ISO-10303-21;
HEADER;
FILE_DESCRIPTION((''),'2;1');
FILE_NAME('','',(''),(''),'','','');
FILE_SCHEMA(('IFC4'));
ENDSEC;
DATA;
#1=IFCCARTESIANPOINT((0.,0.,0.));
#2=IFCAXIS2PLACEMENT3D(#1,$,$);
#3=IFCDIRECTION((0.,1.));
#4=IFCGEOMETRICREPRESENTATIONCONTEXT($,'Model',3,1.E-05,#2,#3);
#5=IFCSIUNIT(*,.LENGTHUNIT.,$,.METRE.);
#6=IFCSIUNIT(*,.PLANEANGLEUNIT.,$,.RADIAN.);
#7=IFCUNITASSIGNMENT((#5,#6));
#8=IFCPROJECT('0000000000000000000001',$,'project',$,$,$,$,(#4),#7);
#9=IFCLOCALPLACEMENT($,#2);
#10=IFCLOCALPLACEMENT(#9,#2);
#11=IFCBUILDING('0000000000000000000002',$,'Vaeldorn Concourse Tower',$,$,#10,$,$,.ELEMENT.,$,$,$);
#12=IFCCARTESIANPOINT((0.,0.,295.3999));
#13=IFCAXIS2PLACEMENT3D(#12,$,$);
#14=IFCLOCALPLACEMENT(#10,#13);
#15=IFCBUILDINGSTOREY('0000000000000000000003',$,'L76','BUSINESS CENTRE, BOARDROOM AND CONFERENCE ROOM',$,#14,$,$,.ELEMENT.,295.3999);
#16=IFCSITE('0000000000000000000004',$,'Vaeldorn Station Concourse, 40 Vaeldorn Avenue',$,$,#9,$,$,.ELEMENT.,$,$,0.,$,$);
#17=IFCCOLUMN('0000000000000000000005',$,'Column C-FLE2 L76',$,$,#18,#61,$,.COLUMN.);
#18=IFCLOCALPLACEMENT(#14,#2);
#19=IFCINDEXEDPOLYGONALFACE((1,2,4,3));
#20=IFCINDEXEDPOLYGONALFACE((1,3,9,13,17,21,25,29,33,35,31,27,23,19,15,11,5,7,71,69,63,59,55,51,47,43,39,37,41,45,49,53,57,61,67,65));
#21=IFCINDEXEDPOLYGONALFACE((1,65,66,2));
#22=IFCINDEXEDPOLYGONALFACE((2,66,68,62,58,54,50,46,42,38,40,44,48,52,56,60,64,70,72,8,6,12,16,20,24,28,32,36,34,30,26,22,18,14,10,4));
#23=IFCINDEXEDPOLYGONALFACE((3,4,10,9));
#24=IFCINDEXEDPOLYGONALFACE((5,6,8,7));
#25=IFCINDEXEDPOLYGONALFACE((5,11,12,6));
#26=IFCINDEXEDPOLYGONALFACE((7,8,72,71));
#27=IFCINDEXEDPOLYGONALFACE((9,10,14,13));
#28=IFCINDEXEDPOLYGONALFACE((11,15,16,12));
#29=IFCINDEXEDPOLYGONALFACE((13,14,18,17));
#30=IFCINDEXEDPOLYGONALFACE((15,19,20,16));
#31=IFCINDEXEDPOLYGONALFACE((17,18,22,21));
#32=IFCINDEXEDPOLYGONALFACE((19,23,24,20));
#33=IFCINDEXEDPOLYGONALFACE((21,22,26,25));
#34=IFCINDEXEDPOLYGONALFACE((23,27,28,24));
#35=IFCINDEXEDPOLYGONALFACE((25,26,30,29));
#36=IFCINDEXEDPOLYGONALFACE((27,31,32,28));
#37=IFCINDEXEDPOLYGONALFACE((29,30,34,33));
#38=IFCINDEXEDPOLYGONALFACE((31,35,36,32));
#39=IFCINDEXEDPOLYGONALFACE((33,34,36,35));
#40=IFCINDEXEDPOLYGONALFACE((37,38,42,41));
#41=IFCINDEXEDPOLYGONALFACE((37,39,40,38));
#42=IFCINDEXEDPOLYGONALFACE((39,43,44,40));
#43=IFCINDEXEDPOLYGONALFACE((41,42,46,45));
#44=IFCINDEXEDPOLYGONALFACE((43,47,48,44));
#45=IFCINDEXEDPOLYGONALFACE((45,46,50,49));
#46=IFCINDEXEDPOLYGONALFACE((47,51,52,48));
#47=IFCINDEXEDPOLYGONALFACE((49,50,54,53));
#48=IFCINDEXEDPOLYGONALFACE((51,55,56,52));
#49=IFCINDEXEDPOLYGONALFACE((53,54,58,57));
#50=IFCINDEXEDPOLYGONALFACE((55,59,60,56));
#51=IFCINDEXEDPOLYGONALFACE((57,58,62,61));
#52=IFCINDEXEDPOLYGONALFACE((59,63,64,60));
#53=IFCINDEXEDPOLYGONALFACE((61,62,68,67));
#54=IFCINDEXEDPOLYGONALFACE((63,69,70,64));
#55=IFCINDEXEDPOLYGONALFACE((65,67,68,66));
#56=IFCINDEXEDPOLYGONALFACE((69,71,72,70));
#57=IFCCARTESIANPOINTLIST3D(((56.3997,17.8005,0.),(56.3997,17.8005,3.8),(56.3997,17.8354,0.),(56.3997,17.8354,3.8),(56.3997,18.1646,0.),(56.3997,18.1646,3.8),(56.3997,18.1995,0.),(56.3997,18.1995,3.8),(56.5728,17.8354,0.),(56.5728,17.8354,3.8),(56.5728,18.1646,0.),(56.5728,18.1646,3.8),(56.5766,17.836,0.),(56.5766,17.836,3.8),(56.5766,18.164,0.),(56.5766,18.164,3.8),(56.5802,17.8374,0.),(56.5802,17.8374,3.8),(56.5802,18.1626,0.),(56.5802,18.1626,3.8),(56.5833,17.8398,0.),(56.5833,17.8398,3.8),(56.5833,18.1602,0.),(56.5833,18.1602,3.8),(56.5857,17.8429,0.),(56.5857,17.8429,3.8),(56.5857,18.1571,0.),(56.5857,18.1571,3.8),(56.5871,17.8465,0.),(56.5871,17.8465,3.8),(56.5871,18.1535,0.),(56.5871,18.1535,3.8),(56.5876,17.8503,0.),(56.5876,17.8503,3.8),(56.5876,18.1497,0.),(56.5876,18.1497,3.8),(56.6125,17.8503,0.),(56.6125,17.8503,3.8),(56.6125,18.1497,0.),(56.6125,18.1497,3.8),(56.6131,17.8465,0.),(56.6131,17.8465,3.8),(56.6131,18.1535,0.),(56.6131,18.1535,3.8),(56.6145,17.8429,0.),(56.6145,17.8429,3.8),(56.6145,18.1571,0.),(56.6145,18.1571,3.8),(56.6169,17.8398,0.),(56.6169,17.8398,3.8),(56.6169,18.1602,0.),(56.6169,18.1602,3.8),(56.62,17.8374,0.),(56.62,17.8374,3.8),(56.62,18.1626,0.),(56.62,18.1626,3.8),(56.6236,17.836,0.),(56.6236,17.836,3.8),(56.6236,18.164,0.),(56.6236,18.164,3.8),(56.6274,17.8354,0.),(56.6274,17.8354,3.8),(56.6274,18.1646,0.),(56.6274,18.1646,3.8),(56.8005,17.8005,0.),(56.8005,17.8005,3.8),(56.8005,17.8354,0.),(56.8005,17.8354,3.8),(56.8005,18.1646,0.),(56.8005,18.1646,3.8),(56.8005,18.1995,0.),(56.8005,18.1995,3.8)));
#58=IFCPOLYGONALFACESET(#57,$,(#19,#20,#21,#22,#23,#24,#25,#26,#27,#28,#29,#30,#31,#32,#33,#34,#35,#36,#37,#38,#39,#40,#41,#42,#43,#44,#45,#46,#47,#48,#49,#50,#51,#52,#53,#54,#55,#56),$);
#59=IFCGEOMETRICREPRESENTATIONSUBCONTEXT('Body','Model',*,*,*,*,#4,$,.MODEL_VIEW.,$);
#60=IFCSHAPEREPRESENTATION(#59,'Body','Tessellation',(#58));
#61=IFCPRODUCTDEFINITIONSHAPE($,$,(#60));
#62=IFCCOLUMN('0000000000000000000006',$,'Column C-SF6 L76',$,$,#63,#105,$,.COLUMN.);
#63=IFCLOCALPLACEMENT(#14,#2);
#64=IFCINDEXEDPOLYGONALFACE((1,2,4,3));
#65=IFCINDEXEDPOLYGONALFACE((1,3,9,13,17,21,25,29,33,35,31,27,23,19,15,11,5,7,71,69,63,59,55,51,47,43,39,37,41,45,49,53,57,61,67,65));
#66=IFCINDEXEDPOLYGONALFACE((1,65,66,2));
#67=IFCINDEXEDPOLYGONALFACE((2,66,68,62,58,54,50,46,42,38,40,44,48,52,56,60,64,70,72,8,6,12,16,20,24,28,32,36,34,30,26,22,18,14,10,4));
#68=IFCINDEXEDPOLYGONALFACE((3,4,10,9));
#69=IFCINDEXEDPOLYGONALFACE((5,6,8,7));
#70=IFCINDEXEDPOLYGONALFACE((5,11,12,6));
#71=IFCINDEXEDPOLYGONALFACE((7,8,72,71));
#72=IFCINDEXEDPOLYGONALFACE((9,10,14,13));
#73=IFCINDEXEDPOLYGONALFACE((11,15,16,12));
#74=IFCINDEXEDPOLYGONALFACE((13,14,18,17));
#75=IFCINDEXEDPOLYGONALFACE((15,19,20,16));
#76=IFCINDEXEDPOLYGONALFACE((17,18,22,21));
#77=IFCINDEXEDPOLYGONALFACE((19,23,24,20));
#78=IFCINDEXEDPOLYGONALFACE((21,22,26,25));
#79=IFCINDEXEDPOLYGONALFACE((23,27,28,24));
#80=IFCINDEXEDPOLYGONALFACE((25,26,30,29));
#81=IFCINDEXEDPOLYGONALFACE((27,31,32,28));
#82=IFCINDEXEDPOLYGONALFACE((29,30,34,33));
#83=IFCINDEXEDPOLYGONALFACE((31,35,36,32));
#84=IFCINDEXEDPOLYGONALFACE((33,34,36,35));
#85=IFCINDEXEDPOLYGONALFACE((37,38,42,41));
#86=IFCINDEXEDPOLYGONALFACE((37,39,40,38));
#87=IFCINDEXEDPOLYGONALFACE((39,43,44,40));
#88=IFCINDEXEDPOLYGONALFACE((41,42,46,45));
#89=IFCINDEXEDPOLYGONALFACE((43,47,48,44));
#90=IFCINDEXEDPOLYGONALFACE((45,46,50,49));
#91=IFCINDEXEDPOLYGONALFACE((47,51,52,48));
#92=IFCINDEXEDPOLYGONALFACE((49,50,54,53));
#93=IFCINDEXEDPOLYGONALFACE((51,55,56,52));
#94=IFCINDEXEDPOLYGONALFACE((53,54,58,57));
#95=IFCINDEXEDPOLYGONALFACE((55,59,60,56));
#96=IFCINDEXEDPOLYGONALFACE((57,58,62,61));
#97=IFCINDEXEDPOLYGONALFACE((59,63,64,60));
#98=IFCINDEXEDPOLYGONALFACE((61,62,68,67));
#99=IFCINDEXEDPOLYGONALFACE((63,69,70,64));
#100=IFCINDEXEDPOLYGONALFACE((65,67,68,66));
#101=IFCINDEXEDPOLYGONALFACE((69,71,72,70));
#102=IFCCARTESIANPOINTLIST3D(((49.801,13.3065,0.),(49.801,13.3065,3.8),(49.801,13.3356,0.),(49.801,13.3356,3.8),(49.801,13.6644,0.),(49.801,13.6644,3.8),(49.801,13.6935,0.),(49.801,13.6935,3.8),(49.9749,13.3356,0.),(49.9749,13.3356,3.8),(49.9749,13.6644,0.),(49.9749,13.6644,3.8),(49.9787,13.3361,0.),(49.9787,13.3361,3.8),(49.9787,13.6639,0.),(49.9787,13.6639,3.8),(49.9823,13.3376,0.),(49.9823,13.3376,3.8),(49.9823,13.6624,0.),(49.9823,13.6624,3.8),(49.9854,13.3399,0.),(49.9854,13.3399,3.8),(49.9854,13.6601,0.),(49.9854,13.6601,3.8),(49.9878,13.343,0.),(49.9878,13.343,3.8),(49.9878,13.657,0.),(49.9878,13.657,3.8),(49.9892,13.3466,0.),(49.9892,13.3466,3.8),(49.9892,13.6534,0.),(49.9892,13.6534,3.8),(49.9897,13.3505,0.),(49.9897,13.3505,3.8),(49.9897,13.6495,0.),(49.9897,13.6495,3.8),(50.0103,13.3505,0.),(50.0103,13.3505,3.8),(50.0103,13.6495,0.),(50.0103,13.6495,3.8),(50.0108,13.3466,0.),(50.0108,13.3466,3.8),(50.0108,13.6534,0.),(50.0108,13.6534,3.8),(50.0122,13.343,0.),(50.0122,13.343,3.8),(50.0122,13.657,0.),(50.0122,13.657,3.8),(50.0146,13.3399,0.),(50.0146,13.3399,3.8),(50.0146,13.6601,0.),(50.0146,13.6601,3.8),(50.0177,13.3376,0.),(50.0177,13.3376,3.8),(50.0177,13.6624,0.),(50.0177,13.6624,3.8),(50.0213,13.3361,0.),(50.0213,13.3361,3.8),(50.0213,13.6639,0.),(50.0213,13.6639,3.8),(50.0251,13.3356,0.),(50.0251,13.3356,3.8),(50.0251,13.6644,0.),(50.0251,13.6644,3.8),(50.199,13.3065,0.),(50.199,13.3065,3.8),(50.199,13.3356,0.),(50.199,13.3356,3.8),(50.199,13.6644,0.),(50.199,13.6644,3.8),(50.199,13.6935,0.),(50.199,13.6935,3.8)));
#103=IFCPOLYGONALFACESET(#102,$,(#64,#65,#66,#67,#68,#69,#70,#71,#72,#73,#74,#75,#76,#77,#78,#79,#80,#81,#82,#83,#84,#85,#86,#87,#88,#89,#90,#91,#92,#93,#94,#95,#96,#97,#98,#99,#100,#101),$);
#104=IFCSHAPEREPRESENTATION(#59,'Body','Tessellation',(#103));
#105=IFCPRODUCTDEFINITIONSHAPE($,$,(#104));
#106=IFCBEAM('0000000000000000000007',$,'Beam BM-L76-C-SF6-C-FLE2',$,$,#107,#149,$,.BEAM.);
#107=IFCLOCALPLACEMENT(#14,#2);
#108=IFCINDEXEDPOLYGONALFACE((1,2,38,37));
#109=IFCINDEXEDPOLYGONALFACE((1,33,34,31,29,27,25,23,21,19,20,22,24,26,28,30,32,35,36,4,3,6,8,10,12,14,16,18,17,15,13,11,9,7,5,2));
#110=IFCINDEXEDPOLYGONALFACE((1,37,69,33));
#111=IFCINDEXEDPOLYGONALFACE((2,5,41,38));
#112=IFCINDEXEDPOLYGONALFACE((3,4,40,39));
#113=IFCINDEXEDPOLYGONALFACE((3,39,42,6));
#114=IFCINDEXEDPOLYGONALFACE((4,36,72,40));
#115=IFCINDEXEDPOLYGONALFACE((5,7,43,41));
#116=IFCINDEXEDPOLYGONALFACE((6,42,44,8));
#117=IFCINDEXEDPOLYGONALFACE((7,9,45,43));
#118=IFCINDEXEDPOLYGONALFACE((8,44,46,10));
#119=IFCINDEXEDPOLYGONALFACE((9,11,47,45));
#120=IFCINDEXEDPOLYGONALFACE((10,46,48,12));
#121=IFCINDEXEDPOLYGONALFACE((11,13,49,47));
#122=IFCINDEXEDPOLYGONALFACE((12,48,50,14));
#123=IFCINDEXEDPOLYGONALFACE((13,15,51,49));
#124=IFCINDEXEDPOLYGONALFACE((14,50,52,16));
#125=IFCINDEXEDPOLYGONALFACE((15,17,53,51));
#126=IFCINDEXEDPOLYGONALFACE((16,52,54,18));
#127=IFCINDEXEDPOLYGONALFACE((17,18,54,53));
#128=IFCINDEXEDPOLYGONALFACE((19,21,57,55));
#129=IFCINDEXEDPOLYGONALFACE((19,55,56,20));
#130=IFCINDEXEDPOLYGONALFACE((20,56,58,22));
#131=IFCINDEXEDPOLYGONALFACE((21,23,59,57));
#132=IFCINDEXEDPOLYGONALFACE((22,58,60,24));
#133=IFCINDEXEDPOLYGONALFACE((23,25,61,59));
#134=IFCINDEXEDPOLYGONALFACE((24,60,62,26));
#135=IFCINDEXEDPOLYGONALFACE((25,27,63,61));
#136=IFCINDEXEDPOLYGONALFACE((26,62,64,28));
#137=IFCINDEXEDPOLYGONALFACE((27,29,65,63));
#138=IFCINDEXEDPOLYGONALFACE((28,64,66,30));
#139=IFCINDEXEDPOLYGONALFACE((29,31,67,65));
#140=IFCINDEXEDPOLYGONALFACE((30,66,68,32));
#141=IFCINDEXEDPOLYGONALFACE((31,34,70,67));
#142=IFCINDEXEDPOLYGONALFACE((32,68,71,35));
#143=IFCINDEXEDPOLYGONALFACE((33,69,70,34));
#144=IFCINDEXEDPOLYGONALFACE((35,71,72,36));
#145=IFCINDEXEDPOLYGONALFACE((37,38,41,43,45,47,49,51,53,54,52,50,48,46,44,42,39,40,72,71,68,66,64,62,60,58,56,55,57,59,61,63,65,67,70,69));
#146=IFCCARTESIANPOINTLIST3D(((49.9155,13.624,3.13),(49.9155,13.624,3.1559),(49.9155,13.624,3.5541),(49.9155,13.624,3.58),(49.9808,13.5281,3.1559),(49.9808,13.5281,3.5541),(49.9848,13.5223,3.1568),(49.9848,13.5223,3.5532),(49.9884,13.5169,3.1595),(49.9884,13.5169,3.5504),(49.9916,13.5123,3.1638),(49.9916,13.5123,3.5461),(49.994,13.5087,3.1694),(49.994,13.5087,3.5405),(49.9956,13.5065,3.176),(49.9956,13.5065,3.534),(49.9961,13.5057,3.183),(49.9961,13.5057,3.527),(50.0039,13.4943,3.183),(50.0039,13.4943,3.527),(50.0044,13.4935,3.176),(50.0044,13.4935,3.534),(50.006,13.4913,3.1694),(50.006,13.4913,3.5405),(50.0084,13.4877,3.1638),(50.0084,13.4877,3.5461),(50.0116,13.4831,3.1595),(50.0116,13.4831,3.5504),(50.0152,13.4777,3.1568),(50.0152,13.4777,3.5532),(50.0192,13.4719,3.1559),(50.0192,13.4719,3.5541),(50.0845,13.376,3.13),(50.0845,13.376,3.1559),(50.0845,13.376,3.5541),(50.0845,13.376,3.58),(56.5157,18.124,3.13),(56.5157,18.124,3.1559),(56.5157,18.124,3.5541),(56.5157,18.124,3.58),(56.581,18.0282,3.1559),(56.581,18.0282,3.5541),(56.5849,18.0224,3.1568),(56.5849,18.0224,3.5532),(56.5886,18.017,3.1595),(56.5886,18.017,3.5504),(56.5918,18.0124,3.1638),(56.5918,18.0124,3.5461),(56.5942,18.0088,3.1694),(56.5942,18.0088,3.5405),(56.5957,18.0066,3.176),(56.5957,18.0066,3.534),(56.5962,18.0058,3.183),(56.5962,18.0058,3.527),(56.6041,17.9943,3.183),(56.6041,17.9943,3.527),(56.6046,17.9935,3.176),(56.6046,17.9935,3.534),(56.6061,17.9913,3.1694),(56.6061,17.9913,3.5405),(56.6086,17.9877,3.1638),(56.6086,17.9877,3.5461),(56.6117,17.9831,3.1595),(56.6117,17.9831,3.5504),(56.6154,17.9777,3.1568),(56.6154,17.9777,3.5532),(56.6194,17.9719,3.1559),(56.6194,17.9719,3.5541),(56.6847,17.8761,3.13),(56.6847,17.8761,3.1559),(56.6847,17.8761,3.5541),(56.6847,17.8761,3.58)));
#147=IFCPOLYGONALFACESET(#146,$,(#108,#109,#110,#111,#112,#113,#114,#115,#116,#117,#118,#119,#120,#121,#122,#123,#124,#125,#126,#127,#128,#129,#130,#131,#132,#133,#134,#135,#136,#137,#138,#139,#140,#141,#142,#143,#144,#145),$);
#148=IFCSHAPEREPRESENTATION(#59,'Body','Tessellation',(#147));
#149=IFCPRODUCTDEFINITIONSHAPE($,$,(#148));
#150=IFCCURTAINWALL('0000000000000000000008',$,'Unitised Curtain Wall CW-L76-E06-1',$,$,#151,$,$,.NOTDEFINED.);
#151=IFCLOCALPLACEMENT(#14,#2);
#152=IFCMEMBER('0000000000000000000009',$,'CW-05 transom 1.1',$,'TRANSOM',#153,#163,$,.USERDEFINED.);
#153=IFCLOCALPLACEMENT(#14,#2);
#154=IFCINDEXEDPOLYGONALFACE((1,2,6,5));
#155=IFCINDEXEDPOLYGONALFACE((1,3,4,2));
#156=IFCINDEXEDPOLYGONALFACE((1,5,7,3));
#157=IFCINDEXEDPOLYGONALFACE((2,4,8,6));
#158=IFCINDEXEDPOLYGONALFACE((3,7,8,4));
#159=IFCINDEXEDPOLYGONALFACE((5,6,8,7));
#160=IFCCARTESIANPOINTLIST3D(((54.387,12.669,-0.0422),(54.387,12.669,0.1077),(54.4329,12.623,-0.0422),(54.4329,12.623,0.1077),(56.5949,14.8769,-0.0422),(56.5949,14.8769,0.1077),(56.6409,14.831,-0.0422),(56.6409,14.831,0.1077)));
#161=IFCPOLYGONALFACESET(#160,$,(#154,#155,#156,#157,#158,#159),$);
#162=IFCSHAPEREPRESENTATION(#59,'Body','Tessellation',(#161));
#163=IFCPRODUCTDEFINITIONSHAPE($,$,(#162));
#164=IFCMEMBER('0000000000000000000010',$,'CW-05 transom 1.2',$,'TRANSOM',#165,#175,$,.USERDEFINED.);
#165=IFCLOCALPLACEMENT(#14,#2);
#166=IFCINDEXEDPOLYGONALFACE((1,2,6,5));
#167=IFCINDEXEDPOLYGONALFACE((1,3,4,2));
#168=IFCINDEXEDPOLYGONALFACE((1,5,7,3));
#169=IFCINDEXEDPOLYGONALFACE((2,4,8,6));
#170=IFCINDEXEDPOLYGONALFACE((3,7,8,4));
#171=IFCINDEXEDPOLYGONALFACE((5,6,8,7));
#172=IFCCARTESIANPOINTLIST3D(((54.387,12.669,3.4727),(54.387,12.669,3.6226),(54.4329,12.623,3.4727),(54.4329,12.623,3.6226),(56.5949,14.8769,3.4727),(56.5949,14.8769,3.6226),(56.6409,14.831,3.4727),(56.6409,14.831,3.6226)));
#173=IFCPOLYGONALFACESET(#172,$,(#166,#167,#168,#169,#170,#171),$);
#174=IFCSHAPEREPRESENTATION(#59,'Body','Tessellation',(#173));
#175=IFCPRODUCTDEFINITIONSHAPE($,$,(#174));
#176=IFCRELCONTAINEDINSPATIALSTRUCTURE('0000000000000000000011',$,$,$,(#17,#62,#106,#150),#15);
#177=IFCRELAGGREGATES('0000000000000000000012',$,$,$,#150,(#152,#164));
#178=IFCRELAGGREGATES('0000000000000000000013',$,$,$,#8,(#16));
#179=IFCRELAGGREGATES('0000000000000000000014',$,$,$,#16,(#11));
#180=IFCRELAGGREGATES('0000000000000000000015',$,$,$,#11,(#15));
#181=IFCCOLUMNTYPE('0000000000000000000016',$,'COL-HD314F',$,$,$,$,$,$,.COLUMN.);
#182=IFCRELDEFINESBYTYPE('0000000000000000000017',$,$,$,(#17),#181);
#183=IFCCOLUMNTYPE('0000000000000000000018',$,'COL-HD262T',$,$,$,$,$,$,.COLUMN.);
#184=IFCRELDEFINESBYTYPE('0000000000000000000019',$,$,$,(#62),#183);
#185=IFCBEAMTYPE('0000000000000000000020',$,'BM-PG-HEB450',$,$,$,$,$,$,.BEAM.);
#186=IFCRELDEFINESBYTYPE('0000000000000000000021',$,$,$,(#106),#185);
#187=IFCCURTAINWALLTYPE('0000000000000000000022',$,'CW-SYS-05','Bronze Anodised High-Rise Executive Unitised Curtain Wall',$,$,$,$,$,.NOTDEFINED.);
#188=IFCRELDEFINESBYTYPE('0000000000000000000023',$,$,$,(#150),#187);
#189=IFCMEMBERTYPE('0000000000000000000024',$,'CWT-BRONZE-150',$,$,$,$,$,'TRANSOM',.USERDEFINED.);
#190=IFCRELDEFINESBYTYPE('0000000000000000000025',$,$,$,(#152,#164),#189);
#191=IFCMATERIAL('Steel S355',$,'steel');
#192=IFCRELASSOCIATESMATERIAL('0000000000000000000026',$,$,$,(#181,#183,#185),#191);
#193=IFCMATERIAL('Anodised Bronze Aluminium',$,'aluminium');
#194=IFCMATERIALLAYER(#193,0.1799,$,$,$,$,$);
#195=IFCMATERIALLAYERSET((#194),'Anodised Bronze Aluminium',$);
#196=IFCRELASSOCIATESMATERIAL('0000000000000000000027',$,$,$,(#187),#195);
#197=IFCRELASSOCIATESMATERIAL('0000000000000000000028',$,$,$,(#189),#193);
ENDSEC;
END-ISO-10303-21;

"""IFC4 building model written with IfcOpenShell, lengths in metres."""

from ifc_helpers import new_model, si_unit, direction, frame, origin, origin_2d, place, context, subcontext, project, spatial, rectangle, i_section, extrude, source, transform, mapped, material, layer, layer_set, material_profile, profile_set, type_object, element, aggregate, save


model = new_model("IFC4")

# Units and contexts
model_context = context("Model", 3, precision=1e-05, world=origin(), true_north=direction((0.0, 1.0)))
body_context = subcontext(model_context, "Body", "Model", "MODEL_VIEW")
ifc_project = project(units=[si_unit("LENGTHUNIT", "METRE"), si_unit("PLANEANGLEUNIT", "RADIAN")], contexts=[model_context])

# Site, building, storey
site_placement = place(None, origin())
site = spatial("IfcSite", under=ifc_project, at=site_placement, Name="Vaeldorn Station Concourse, 40 Vaeldorn Avenue", CompositionType="ELEMENT", RefElevation=0.0)
building_placement = place(site_placement, origin())
building = spatial("IfcBuilding", under=site, at=building_placement, Name="Vaeldorn Concourse Tower", CompositionType="ELEMENT")
storey_placement = place(building_placement, frame((0.0, 0.0, 295.3999)))
storey = spatial("IfcBuildingStorey", under=building, at=storey_placement, Name="L76", Description="BUSINESS CENTRE, BOARDROOM AND CONFERENCE ROOM", CompositionType="ELEMENT", Elevation=295.3999)

# Columns
ifc_material_1 = material(Name="Steel S355", Category="steel")
ifc_material_profile_1 = material_profile(ifc_material_1, i_section(OverallWidth=0.4009, OverallDepth=0.3989, WebThickness=0.0249, FlangeThickness=0.0349, FilletRadius=0.0149, at=origin_2d()), Name="HD 400x314")
ifc_profile_set_1 = profile_set([ifc_material_profile_1], Name="Steel S355")
column_type_1 = type_object("IfcColumnType", Name="COL-HD314F", PredefinedType="COLUMN", material=ifc_profile_set_1)
shared_shape_1 = source(origin(), body_context, "Body", "SweptSolid", [
    extrude(i_section(OverallWidth=0.4009, OverallDepth=0.3989, WebThickness=0.0249, FlangeThickness=0.0349, FilletRadius=0.0149, at=origin_2d()), origin(), (0.0, 0.0, 1.0), 3.8),
])
column_1_placement = place(storey_placement, frame((56.6001, 18.0, 0.0), z_axis=(0.0, 0.0, 1.0), x_axis=(1.0, 0.0, 0.0)))
element("IfcColumn", 1, at=column_1_placement, inside=storey, type_object=column_type_1, Name="Column C-FLE2 L76", PredefinedType="COLUMN", context=body_context, shape_type="MappedRepresentation", body=[
    mapped(shared_shape_1, transform((0.0, 0.0, 0.0), scale=1.0)),
])
ifc_material_profile_2 = material_profile(ifc_material_1, i_section(OverallWidth=0.3979, OverallDepth=0.387, WebThickness=0.0205, FlangeThickness=0.0291, FilletRadius=0.0149, at=origin_2d()), Name="HD 400x262")
ifc_profile_set_2 = profile_set([ifc_material_profile_2], Name="Steel S355")
column_type_2 = type_object("IfcColumnType", Name="COL-HD262T", PredefinedType="COLUMN", material=ifc_profile_set_2)
shared_shape_2 = source(origin(), body_context, "Body", "SweptSolid", [
    extrude(i_section(OverallWidth=0.3979, OverallDepth=0.387, WebThickness=0.0205, FlangeThickness=0.0291, FilletRadius=0.0149, at=origin_2d()), origin(), (0.0, 0.0, 1.0), 3.8),
])
column_2_placement = place(storey_placement, frame((50.0, 13.5, 0.0), z_axis=(0.0, 0.0, 1.0), x_axis=(1.0, 0.0, 0.0)))
element("IfcColumn", 2, at=column_2_placement, inside=storey, type_object=column_type_2, Name="Column C-SF6 L76", PredefinedType="COLUMN", context=body_context, shape_type="MappedRepresentation", body=[
    mapped(shared_shape_2, transform((0.0, 0.0, 0.0), scale=1.0)),
])

# Beam
ifc_material_profile_3 = material_profile(ifc_material_1, i_section(OverallWidth=0.3, OverallDepth=0.45, WebThickness=0.0139, FlangeThickness=0.0259, FilletRadius=0.0271, at=origin_2d()), Name="HEB 450")
ifc_profile_set_3 = profile_set([ifc_material_profile_3], Name="Steel S355")
beam_type = type_object("IfcBeamType", Name="BM-PG-HEB450", PredefinedType="BEAM", material=ifc_profile_set_3)
shared_shape_3 = source(origin(), body_context, "Body", "SweptSolid", [
    extrude(i_section(OverallWidth=0.3, OverallDepth=0.45, WebThickness=0.0139, FlangeThickness=0.0259, FilletRadius=0.0271, at=origin_2d()), origin(), (0.0, 0.0, 1.0), 7.9883),
])
beam_placement = place(storey_placement, frame((50.0, 13.5, 3.355), z_axis=(0.826231, 0.563331, 0.0), x_axis=(-0.563331, 0.826231, 0.0)))
element("IfcBeam", 3, at=beam_placement, inside=storey, type_object=beam_type, Name="Beam BM-L76-C-SF6-C-FLE2", PredefinedType="BEAM", context=body_context, shape_type="MappedRepresentation", body=[
    mapped(shared_shape_3, transform((0.0, 0.0, 0.0), scale=1.0)),
])

# Curtain wall, members
ifc_material_2 = material(Name="Anodised Bronze Aluminium", Category="aluminium")
ifc_layer_1 = layer(ifc_material_2, 0.1799)
ifc_layer_set_1 = layer_set([ifc_layer_1], Name="Anodised Bronze Aluminium")
curtain_wall_type = type_object("IfcCurtainWallType", Name="CW-SYS-05", Description="Bronze Anodised High-Rise Executive Unitised Curtain Wall", PredefinedType="NOTDEFINED", material=ifc_layer_set_1)
curtain_wall_1_placement = place(storey_placement, origin())
curtain_wall_1 = element("IfcCurtainWall", 4, at=curtain_wall_1_placement, inside=storey, type_object=curtain_wall_type, Name="Unitised Curtain Wall CW-L76-E06-1", PredefinedType="NOTDEFINED")
ifc_material_profile_4 = material_profile(ifc_material_2, rectangle(XDim=0.0649, YDim=0.1499, at=origin_2d()), Name="CWT 65x150")
ifc_profile_set_4 = profile_set([ifc_material_profile_4], Name="Anodised Bronze Aluminium")
member_type_1 = type_object("IfcMemberType", Name="CWT-BRONZE-150", ElementType="TRANSOM", PredefinedType="USERDEFINED", material=ifc_profile_set_4)
shared_shape_4 = source(origin(), body_context, "Body", "SweptSolid", [
    extrude(rectangle(XDim=0.0649, YDim=0.1499, at=origin_2d()), origin(), (0.0, 0.0, 1.0), 3.1226),
])
member_1_placement = place(storey_placement, frame((54.4099, 12.646, 0.0327), z_axis=(0.707107, 0.707107, 0.0), x_axis=(-0.707107, 0.707107, 0.0)))
member_1 = element("IfcMember", 5, at=member_1_placement, type_object=member_type_1, Name="CW-05 transom 1.1", ObjectType="TRANSOM", PredefinedType="USERDEFINED", context=body_context, shape_type="MappedRepresentation", body=[
    mapped(shared_shape_4, transform((0.0, 0.0, 0.0), scale=1.0)),
])
member_2_placement = place(storey_placement, frame((54.4099, 12.646, 3.5476), z_axis=(0.707107, 0.707107, 0.0), x_axis=(-0.707107, 0.707107, 0.0)))
member_2 = element("IfcMember", 6, at=member_2_placement, type_object=member_type_1, Name="CW-05 transom 1.2", ObjectType="TRANSOM", PredefinedType="USERDEFINED", context=body_context, shape_type="MappedRepresentation", body=[
    mapped(shared_shape_4, transform((0.0, 0.0, 0.0), scale=1.0)),
])

aggregate(curtain_wall_1, [member_1, member_2])

save(model, "model.ifc")
